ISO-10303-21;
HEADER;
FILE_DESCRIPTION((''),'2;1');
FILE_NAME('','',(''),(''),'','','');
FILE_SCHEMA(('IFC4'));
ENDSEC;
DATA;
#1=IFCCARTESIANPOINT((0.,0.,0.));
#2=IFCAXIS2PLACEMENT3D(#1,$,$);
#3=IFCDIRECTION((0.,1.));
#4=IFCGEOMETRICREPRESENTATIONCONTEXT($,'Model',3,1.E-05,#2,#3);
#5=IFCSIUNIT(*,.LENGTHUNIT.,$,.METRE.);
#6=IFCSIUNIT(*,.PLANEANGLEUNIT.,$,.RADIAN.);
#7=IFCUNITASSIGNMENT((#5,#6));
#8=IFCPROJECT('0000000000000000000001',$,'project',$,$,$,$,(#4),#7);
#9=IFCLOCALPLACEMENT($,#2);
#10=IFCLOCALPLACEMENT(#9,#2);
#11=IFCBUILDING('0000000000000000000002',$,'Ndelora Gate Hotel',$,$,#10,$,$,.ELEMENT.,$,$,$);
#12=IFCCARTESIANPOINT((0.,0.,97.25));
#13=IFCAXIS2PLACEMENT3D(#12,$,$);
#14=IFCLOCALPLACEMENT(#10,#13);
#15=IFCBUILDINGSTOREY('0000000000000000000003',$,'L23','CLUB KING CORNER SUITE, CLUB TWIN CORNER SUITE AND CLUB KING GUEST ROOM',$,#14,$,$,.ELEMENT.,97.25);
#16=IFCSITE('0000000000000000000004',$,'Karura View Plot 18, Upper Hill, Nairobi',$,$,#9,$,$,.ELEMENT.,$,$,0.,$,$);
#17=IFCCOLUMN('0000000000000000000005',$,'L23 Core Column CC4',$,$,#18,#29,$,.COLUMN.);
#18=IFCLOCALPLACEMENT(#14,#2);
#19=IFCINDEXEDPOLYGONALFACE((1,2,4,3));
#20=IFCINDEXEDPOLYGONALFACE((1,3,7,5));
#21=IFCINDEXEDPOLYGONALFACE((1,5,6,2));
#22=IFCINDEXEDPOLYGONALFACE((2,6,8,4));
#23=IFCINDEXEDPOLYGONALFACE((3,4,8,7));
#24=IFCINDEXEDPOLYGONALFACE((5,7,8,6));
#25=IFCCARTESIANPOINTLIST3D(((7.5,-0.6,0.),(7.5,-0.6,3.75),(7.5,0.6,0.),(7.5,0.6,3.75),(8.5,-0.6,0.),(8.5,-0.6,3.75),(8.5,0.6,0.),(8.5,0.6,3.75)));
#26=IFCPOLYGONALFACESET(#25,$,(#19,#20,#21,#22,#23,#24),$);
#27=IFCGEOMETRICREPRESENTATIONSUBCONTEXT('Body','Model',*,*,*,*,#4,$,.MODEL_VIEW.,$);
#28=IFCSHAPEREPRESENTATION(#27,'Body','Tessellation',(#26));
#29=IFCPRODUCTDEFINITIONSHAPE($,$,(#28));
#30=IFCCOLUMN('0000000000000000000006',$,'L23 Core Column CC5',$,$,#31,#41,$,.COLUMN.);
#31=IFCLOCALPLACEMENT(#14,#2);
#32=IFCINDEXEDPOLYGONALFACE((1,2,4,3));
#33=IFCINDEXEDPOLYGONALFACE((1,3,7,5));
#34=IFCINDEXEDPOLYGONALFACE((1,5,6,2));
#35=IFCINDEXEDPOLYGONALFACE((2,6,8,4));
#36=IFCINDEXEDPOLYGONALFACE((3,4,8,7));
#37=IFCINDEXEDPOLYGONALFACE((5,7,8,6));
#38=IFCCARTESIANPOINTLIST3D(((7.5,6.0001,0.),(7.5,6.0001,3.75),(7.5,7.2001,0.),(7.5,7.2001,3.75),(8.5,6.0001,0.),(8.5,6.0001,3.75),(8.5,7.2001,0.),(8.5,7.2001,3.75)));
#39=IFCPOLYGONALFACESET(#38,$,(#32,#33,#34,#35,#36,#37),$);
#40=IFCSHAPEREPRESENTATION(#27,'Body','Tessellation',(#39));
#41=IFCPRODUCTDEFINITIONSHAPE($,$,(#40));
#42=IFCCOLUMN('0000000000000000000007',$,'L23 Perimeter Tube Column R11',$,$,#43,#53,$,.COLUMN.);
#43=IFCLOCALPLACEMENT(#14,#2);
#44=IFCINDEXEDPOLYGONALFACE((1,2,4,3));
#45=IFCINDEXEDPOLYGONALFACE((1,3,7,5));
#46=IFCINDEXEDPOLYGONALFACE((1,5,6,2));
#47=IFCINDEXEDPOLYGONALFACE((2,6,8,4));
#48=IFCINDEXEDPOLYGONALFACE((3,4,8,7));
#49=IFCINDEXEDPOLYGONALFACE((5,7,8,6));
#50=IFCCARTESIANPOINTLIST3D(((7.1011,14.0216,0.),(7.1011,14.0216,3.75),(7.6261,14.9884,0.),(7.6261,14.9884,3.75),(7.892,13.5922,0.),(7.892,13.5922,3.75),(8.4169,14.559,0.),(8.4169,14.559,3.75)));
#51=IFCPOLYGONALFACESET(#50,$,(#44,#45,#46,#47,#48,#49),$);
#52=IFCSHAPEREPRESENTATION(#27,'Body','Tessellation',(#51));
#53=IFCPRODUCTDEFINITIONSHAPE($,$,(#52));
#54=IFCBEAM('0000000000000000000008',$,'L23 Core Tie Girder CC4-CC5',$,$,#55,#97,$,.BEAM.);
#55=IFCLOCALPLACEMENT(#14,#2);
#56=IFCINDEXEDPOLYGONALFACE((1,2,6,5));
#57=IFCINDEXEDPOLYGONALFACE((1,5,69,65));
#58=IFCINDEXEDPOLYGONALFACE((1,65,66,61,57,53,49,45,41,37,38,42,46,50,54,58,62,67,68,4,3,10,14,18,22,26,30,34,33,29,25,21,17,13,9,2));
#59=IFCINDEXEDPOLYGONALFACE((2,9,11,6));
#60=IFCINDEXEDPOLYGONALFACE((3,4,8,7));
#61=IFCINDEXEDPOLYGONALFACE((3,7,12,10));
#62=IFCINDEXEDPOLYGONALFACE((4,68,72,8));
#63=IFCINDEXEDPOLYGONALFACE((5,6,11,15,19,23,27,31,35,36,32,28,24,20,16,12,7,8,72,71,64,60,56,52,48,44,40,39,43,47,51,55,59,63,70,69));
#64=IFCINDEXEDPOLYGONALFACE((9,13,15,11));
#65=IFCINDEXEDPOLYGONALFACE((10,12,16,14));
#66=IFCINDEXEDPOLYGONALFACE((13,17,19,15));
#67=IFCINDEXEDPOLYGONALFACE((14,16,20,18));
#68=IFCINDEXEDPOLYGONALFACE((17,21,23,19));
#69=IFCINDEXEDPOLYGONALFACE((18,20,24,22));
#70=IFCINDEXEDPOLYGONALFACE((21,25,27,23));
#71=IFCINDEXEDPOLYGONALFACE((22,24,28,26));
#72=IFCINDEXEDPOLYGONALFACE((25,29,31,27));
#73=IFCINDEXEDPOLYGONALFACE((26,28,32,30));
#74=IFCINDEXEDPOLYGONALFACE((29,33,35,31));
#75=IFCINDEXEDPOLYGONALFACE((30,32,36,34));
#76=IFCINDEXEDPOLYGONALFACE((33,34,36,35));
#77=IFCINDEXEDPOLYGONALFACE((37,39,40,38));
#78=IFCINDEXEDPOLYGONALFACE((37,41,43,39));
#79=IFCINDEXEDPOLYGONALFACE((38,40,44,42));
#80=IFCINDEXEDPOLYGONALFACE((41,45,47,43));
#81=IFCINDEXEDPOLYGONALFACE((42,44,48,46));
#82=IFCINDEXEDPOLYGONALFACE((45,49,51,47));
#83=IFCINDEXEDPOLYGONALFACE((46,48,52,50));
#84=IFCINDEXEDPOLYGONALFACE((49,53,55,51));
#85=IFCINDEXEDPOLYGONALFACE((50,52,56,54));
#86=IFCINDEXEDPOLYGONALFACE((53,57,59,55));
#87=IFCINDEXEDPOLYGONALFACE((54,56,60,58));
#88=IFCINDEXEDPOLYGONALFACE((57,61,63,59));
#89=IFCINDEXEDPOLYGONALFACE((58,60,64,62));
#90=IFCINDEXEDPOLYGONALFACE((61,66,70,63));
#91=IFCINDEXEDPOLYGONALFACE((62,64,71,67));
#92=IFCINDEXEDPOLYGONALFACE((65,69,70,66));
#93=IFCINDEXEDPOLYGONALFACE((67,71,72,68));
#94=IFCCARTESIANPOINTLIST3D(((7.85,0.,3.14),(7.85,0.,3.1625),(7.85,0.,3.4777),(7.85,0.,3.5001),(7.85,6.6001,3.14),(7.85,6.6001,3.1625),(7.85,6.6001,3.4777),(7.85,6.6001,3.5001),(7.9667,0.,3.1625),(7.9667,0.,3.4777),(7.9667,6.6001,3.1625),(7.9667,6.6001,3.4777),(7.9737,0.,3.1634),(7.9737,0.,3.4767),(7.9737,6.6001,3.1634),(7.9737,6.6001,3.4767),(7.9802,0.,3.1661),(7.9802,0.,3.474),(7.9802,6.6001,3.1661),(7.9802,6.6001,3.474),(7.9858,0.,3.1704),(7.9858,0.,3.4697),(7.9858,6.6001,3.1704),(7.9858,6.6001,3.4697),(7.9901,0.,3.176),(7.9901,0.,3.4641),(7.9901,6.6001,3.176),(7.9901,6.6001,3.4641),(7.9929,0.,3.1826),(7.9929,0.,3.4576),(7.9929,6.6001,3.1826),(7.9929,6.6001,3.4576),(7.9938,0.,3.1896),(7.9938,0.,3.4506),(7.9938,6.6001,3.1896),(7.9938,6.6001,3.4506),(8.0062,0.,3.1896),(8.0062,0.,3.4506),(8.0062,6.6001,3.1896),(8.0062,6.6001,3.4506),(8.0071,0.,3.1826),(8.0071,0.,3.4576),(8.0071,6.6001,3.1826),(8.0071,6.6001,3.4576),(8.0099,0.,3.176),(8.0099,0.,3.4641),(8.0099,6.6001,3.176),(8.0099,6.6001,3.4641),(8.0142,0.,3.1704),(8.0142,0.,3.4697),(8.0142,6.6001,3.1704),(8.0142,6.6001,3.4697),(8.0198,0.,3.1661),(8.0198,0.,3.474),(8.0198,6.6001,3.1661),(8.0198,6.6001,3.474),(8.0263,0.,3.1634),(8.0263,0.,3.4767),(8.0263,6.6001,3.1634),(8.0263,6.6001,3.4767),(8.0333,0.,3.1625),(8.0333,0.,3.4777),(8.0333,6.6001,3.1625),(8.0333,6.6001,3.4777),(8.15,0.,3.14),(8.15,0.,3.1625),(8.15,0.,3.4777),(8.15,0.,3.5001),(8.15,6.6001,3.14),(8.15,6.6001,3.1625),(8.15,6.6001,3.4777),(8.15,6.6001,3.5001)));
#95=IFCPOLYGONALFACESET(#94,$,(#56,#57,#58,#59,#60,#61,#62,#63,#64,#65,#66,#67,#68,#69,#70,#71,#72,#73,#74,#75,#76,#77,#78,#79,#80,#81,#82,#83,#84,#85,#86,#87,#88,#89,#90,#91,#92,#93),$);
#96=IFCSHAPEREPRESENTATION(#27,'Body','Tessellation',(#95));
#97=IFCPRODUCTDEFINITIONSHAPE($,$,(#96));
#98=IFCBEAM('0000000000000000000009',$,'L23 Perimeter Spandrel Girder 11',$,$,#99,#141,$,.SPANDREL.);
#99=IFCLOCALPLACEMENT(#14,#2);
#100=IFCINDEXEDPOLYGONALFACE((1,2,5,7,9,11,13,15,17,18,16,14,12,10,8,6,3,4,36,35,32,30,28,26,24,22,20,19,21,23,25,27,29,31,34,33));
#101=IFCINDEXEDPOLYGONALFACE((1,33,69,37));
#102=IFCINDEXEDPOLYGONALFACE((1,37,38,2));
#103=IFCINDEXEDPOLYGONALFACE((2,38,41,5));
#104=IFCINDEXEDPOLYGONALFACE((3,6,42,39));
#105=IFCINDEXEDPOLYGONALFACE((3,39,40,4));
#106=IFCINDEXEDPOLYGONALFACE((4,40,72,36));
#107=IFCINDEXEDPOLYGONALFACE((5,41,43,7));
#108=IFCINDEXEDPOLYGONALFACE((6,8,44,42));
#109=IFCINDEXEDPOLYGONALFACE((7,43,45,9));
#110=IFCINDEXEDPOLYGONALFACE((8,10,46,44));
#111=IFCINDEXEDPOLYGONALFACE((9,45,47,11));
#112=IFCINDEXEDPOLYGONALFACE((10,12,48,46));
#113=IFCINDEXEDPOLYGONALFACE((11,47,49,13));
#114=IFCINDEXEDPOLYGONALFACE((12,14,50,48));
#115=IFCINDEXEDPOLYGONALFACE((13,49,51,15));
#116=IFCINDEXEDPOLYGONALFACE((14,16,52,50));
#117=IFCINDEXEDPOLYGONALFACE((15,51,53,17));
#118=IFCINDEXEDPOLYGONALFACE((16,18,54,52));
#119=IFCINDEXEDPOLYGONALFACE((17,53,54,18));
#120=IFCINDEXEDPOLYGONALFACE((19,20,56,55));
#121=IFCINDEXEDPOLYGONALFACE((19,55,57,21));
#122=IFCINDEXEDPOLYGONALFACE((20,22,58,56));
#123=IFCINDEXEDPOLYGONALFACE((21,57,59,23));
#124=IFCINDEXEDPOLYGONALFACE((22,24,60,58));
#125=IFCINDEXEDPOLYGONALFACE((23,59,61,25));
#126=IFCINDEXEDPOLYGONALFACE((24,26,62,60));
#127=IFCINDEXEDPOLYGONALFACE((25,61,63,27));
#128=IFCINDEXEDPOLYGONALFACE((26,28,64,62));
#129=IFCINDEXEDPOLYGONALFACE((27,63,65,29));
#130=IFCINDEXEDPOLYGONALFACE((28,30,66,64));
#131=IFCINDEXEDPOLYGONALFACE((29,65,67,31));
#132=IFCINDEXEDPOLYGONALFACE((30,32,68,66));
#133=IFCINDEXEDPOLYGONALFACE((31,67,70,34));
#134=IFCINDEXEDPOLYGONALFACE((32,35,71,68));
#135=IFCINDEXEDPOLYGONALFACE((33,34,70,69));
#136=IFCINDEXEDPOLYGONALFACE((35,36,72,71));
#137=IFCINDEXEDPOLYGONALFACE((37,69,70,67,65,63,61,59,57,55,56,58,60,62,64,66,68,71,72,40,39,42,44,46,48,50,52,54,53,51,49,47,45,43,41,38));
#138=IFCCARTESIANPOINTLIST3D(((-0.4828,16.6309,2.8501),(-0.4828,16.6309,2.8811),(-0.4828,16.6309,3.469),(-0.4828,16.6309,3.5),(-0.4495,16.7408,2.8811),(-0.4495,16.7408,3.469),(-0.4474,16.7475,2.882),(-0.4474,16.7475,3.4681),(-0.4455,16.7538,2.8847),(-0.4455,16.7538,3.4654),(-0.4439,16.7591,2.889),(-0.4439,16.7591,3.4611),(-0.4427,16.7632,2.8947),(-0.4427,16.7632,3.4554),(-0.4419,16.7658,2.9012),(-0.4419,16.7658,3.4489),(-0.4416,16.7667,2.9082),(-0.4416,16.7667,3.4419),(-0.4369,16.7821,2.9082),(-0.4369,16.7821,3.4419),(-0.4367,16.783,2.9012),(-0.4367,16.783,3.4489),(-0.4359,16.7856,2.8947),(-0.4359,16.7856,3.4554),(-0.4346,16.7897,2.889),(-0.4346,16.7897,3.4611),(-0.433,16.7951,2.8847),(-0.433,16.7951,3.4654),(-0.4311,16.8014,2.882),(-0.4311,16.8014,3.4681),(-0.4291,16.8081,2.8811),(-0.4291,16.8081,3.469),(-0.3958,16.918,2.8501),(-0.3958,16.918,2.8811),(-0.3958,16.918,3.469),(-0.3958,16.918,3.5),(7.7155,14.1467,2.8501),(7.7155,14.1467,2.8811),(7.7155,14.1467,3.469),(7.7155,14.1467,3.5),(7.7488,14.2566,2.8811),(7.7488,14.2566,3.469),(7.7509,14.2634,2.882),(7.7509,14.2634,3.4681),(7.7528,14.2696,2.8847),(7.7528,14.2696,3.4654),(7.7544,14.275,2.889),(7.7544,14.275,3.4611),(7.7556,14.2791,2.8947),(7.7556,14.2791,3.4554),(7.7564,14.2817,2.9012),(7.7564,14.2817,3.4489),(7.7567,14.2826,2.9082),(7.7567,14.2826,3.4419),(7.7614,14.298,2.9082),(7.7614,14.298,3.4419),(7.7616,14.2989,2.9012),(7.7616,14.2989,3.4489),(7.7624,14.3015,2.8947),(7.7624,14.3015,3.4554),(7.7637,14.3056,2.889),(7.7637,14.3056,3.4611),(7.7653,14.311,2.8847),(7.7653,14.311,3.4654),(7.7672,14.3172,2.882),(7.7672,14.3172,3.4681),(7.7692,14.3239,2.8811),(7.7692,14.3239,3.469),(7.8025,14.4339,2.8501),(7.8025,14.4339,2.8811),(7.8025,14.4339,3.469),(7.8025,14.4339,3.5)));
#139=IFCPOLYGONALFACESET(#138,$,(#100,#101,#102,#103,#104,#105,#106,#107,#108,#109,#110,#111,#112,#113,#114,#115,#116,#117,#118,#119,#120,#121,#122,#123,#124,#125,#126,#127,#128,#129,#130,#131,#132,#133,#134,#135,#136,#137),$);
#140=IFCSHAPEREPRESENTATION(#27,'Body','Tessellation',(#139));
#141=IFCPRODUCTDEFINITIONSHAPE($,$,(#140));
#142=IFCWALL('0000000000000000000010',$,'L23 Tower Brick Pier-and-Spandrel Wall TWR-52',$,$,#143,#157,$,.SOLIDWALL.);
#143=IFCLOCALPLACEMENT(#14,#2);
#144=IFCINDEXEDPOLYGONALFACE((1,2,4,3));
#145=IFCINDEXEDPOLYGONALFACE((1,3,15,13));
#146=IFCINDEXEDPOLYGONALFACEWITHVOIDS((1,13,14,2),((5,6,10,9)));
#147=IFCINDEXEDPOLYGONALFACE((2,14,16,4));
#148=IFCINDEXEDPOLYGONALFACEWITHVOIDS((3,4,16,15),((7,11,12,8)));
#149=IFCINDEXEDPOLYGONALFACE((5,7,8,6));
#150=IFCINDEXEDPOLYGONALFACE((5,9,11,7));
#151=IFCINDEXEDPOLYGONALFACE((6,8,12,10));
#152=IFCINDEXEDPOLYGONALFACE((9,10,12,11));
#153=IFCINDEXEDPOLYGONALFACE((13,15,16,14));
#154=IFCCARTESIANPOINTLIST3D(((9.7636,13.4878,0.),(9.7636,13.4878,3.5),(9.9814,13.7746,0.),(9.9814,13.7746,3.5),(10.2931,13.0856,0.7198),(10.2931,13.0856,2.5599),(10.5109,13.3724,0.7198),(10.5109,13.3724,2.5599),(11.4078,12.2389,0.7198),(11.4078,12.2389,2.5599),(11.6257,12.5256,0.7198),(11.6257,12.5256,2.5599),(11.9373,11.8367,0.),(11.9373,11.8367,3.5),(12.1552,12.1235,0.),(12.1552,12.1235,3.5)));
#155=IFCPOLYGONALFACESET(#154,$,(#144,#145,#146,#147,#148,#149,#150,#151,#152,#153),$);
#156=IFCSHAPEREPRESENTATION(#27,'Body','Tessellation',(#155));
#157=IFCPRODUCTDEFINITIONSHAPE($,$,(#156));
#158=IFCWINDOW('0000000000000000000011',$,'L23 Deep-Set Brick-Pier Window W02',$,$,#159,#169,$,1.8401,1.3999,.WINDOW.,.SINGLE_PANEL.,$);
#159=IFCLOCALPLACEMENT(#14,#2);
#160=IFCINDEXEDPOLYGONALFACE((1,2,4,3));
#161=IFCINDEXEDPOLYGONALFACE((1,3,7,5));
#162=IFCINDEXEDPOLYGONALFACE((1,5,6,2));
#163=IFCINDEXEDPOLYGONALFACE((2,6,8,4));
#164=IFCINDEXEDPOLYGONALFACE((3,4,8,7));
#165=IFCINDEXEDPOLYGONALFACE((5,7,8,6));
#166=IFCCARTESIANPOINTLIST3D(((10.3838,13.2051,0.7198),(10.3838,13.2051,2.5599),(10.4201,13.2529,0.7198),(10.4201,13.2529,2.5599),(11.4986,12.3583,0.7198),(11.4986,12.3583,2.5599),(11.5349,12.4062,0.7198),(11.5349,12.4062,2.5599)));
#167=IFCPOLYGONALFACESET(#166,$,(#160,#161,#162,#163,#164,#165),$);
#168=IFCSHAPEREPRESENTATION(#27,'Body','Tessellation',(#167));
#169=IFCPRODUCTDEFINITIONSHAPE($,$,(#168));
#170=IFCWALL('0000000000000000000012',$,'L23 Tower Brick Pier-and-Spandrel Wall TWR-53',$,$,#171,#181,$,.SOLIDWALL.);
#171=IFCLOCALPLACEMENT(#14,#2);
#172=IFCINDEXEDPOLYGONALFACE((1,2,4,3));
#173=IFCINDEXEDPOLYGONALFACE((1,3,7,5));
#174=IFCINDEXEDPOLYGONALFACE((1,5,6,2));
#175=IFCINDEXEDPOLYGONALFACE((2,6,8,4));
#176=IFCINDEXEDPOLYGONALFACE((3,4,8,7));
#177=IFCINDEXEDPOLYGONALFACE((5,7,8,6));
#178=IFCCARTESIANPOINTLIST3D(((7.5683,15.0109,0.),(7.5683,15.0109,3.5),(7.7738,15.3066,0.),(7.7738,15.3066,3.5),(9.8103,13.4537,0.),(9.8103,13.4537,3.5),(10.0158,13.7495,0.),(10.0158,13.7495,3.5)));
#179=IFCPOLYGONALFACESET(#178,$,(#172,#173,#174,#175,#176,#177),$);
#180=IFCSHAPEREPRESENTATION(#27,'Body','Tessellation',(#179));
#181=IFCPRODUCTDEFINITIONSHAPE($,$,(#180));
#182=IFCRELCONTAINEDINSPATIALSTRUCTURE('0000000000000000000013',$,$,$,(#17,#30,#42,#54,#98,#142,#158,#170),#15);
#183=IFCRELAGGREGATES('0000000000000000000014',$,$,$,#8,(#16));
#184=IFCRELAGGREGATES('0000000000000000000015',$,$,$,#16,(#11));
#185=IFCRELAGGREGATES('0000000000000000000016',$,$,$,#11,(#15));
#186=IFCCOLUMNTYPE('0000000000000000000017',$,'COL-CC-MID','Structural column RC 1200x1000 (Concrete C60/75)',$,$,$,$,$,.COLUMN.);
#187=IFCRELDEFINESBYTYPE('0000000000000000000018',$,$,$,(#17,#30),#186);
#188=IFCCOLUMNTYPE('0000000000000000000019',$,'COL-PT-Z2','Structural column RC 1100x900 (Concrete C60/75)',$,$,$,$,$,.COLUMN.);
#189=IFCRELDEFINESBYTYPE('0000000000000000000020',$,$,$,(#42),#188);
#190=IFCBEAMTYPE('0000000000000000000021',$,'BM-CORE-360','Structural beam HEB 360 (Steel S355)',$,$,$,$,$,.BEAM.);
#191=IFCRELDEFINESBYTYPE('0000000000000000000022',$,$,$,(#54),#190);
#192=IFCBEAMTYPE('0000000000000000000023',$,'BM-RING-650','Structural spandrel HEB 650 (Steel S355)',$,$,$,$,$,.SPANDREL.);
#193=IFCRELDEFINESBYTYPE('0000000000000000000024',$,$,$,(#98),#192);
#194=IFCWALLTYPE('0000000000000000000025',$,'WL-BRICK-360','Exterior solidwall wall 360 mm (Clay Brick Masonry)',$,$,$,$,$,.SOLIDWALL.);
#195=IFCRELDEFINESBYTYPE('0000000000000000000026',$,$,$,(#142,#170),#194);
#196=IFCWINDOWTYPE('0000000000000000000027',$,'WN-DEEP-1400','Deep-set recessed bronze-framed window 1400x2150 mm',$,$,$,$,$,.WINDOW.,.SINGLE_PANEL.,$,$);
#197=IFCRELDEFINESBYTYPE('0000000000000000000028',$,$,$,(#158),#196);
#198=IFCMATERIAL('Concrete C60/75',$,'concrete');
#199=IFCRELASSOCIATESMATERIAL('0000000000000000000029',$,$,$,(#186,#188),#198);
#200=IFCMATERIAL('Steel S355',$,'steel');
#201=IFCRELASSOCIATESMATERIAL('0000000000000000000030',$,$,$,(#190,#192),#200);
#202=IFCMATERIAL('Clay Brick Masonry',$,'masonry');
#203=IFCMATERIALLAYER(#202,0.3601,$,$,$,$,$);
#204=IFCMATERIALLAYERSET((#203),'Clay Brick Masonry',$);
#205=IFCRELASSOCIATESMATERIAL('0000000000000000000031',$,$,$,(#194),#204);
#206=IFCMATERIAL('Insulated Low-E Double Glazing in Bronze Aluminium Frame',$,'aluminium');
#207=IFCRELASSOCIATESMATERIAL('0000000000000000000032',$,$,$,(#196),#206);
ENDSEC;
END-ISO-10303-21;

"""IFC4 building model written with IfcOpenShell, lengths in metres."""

from ifc_helpers import new_model, si_unit, direction, frame, frame_2d, origin, origin_2d, place, context, subcontext, project, spatial, rectangle, i_section, extrude, material, layer, layer_set, material_profile, profile_set, type_object, element, fill, save


model = new_model("IFC4")

# Units and contexts
model_context = context("Model", 3, precision=1e-05, world=origin(), true_north=direction((0.0, 1.0)))
body_context = subcontext(model_context, "Body", "Model", "MODEL_VIEW")
ifc_project = project(units=[si_unit("LENGTHUNIT", "METRE"), si_unit("PLANEANGLEUNIT", "RADIAN")], contexts=[model_context])

# Site, building, storey
site_placement = place(None, origin())
site = spatial("IfcSite", under=ifc_project, at=site_placement, Name="Karura View Plot 18, Upper Hill, Nairobi", CompositionType="ELEMENT", RefElevation=0.0)
building_placement = place(site_placement, origin())
building = spatial("IfcBuilding", under=site, at=building_placement, Name="Ndelora Gate Hotel", CompositionType="ELEMENT")
storey_placement = place(building_placement, frame((0.0, 0.0, 97.25)))
storey = spatial("IfcBuildingStorey", under=building, at=storey_placement, Name="L23", Description="CLUB KING CORNER SUITE, CLUB TWIN CORNER SUITE AND CLUB KING GUEST ROOM", CompositionType="ELEMENT", Elevation=97.25)

# Columns
ifc_material_1 = material(Name="Concrete C60/75", Category="concrete")
ifc_material_profile_1 = material_profile(ifc_material_1, rectangle(XDim=1.0, YDim=1.2, at=origin_2d()), Name="RC 1200x1000")
ifc_profile_set_1 = profile_set([ifc_material_profile_1], Name="Concrete C60/75")
column_type_1 = type_object("IfcColumnType", Name="COL-CC-MID", Description="Structural column RC 1200x1000 (Concrete C60/75)", PredefinedType="COLUMN", material=ifc_profile_set_1)
for number, where, z_axis, x_axis, name in (
    (1, (8.0, 0.0, 0.0), (0.0, 0.0, 1.0), (1.0, 0.0, 0.0), "L23 Core Column CC4"),
    (2, (8.0, 6.6001, 0.0), (0.0, 0.0, 1.0), (1.0, 0.0, 0.0), "L23 Core Column CC5"),
):
    element("IfcColumn", number, at=place(storey_placement, frame(where, z_axis=z_axis, x_axis=x_axis)), inside=storey, type_object=column_type_1, Name=name, PredefinedType="COLUMN", context=body_context, shape_type="SweptSolid", body=[
        extrude(rectangle(XDim=1.0, YDim=1.2, at=origin_2d()), origin(), (0.0, 0.0, 1.0), 3.75),
    ])
ifc_material_profile_2 = material_profile(ifc_material_1, rectangle(XDim=0.8999, YDim=1.1001, at=origin_2d()), Name="RC 1100x900")
ifc_profile_set_2 = profile_set([ifc_material_profile_2], Name="Concrete C60/75")
column_type_2 = type_object("IfcColumnType", Name="COL-PT-Z2", Description="Structural column RC 1100x900 (Concrete C60/75)", PredefinedType="COLUMN", material=ifc_profile_set_2)
column_placement = place(storey_placement, frame((7.759, 14.2903, 0.0), z_axis=(0.0, 0.0, 1.0), x_axis=(-0.878817, 0.477159, 0.0)))
element("IfcColumn", 3, at=column_placement, inside=storey, type_object=column_type_2, Name="L23 Perimeter Tube Column R11", PredefinedType="COLUMN", context=body_context, shape_type="SweptSolid", body=[
    extrude(rectangle(XDim=0.8999, YDim=1.1001, at=origin_2d()), origin(), (0.0, 0.0, 1.0), 3.75),
])

# Beams
ifc_material_2 = material(Name="Steel S355", Category="steel")
ifc_material_profile_3 = material_profile(ifc_material_2, i_section(OverallWidth=0.3, OverallDepth=0.3601, WebThickness=0.0125, FlangeThickness=0.0225, FilletRadius=0.0271, at=origin_2d()), Name="HEB 360")
ifc_profile_set_3 = profile_set([ifc_material_profile_3], Name="Steel S355")
beam_type_1 = type_object("IfcBeamType", Name="BM-CORE-360", Description="Structural beam HEB 360 (Steel S355)", PredefinedType="BEAM", material=ifc_profile_set_3)
beam_1_placement = place(storey_placement, frame((8.0, 0.0, 3.3201), z_axis=(0.0, 1.0, 0.0), x_axis=(-1.0, 0.0, 0.0)))
element("IfcBeam", 4, at=beam_1_placement, inside=storey, type_object=beam_type_1, Name="L23 Core Tie Girder CC4-CC5", PredefinedType="BEAM", context=body_context, shape_type="SweptSolid", body=[
    extrude(i_section(OverallWidth=0.3, OverallDepth=0.3601, WebThickness=0.0125, FlangeThickness=0.0225, FilletRadius=0.0271, at=origin_2d()), origin(), (0.0, 0.0, 1.0), 6.6001),
])
ifc_material_profile_4 = material_profile(ifc_material_2, i_section(OverallWidth=0.3, OverallDepth=0.6499, WebThickness=0.0161, FlangeThickness=0.031, FilletRadius=0.0271, at=origin_2d()), Name="HEB 650")
ifc_profile_set_4 = profile_set([ifc_material_profile_4], Name="Steel S355")
beam_type_2 = type_object("IfcBeamType", Name="BM-RING-650", Description="Structural spandrel HEB 650 (Steel S355)", PredefinedType="SPANDREL", material=ifc_profile_set_4)
beam_2_placement = place(storey_placement, frame((7.759, 14.2903, 3.175), z_axis=(-0.95703, 0.289988, 0.0), x_axis=(-0.289988, -0.95703, 0.0)))
element("IfcBeam", 5, at=beam_2_placement, inside=storey, type_object=beam_type_2, Name="L23 Perimeter Spandrel Girder 11", PredefinedType="SPANDREL", context=body_context, shape_type="SweptSolid", body=[
    extrude(i_section(OverallWidth=0.3, OverallDepth=0.6499, WebThickness=0.0161, FlangeThickness=0.031, FilletRadius=0.0271, at=origin_2d()), origin(), (0.0, 0.0, 1.0), 8.5664),
])

# Wall, opening, window
ifc_material_3 = material(Name="Clay Brick Masonry", Category="masonry")
ifc_layer_1 = layer(ifc_material_3, 0.3601)
ifc_layer_set_1 = layer_set([ifc_layer_1], Name="Clay Brick Masonry")
wall_type_1 = type_object("IfcWallType", Name="WL-BRICK-360", Description="Exterior solidwall wall 360 mm (Clay Brick Masonry)", PredefinedType="SOLIDWALL", material=ifc_layer_set_1)
wall_1_placement = place(storey_placement, frame((9.8726, 13.6311, 0.0), z_axis=(0.0, 0.0, 1.0), x_axis=(0.796336, -0.604854, 0.0)))
wall_1 = element("IfcWall", 6, at=wall_1_placement, inside=storey, type_object=wall_type_1, Name="L23 Tower Brick Pier-and-Spandrel Wall TWR-52", PredefinedType="SOLIDWALL", context=body_context, shape_type="SweptSolid", body=[
    extrude(rectangle(XDim=2.7297, YDim=0.3601, at=frame_2d((1.3647, 0.0))), origin(), (0.0, 0.0, 1.0), 3.5),
])
opening_1_placement = place(wall_1_placement, frame((0.6648, 0.0, 0.72)))
opening_1 = element("IfcOpeningElement", 7, at=opening_1_placement, cuts=wall_1, PredefinedType="OPENING", context=body_context, shape_type="SweptSolid", body=[
    extrude(rectangle(XDim=1.3999, YDim=1.8401, at=frame_2d((0.7, 0.9199))), frame((0.0, 0.1899, 0.0), z_axis=(0.0, -1.0, 0.0), x_axis=(1.0, 0.0, 0.0)), (0.0, 0.0, 1.0), 0.3801),
])
ifc_material_4 = material(Name="Insulated Low-E Double Glazing in Bronze Aluminium Frame", Category="aluminium")
window_type = type_object("IfcWindowType", Name="WN-DEEP-1400", Description="Deep-set recessed bronze-framed window 1400x2150 mm", PartitioningType="SINGLE_PANEL", PredefinedType="WINDOW", material=ifc_material_4)
window_placement = place(opening_1_placement, origin())
window = element("IfcWindow", 8, at=window_placement, inside=storey, type_object=window_type, Name="L23 Deep-Set Brick-Pier Window W02", OverallHeight=1.8401, OverallWidth=1.3999, PartitioningType="SINGLE_PANEL", PredefinedType="WINDOW", context=body_context, shape_type="SweptSolid", body=[
    extrude(rectangle(XDim=1.3999, YDim=1.8401, at=frame_2d((0.7, 0.9199))), frame((0.0, 0.03, 0.0), z_axis=(0.0, -1.0, 0.0), x_axis=(1.0, 0.0, 0.0)), (0.0, 0.0, 1.0), 0.0601),
])
fill(opening_1, window)

# Wall
wall_2_placement = place(storey_placement, frame((7.6711, 15.1587, 0.0), z_axis=(0.0, 0.0, 1.0), x_axis=(0.821332, -0.570451, 0.0)))
element("IfcWall", 9, at=wall_2_placement, inside=storey, type_object=wall_type_1, Name="L23 Tower Brick Pier-and-Spandrel Wall TWR-53", PredefinedType="SOLIDWALL", context=body_context, shape_type="SweptSolid", body=[
    extrude(rectangle(XDim=2.7297, YDim=0.3601, at=frame_2d((1.3647, 0.0))), origin(), (0.0, 0.0, 1.0), 3.5),
])

save(model, "model.ifc")
